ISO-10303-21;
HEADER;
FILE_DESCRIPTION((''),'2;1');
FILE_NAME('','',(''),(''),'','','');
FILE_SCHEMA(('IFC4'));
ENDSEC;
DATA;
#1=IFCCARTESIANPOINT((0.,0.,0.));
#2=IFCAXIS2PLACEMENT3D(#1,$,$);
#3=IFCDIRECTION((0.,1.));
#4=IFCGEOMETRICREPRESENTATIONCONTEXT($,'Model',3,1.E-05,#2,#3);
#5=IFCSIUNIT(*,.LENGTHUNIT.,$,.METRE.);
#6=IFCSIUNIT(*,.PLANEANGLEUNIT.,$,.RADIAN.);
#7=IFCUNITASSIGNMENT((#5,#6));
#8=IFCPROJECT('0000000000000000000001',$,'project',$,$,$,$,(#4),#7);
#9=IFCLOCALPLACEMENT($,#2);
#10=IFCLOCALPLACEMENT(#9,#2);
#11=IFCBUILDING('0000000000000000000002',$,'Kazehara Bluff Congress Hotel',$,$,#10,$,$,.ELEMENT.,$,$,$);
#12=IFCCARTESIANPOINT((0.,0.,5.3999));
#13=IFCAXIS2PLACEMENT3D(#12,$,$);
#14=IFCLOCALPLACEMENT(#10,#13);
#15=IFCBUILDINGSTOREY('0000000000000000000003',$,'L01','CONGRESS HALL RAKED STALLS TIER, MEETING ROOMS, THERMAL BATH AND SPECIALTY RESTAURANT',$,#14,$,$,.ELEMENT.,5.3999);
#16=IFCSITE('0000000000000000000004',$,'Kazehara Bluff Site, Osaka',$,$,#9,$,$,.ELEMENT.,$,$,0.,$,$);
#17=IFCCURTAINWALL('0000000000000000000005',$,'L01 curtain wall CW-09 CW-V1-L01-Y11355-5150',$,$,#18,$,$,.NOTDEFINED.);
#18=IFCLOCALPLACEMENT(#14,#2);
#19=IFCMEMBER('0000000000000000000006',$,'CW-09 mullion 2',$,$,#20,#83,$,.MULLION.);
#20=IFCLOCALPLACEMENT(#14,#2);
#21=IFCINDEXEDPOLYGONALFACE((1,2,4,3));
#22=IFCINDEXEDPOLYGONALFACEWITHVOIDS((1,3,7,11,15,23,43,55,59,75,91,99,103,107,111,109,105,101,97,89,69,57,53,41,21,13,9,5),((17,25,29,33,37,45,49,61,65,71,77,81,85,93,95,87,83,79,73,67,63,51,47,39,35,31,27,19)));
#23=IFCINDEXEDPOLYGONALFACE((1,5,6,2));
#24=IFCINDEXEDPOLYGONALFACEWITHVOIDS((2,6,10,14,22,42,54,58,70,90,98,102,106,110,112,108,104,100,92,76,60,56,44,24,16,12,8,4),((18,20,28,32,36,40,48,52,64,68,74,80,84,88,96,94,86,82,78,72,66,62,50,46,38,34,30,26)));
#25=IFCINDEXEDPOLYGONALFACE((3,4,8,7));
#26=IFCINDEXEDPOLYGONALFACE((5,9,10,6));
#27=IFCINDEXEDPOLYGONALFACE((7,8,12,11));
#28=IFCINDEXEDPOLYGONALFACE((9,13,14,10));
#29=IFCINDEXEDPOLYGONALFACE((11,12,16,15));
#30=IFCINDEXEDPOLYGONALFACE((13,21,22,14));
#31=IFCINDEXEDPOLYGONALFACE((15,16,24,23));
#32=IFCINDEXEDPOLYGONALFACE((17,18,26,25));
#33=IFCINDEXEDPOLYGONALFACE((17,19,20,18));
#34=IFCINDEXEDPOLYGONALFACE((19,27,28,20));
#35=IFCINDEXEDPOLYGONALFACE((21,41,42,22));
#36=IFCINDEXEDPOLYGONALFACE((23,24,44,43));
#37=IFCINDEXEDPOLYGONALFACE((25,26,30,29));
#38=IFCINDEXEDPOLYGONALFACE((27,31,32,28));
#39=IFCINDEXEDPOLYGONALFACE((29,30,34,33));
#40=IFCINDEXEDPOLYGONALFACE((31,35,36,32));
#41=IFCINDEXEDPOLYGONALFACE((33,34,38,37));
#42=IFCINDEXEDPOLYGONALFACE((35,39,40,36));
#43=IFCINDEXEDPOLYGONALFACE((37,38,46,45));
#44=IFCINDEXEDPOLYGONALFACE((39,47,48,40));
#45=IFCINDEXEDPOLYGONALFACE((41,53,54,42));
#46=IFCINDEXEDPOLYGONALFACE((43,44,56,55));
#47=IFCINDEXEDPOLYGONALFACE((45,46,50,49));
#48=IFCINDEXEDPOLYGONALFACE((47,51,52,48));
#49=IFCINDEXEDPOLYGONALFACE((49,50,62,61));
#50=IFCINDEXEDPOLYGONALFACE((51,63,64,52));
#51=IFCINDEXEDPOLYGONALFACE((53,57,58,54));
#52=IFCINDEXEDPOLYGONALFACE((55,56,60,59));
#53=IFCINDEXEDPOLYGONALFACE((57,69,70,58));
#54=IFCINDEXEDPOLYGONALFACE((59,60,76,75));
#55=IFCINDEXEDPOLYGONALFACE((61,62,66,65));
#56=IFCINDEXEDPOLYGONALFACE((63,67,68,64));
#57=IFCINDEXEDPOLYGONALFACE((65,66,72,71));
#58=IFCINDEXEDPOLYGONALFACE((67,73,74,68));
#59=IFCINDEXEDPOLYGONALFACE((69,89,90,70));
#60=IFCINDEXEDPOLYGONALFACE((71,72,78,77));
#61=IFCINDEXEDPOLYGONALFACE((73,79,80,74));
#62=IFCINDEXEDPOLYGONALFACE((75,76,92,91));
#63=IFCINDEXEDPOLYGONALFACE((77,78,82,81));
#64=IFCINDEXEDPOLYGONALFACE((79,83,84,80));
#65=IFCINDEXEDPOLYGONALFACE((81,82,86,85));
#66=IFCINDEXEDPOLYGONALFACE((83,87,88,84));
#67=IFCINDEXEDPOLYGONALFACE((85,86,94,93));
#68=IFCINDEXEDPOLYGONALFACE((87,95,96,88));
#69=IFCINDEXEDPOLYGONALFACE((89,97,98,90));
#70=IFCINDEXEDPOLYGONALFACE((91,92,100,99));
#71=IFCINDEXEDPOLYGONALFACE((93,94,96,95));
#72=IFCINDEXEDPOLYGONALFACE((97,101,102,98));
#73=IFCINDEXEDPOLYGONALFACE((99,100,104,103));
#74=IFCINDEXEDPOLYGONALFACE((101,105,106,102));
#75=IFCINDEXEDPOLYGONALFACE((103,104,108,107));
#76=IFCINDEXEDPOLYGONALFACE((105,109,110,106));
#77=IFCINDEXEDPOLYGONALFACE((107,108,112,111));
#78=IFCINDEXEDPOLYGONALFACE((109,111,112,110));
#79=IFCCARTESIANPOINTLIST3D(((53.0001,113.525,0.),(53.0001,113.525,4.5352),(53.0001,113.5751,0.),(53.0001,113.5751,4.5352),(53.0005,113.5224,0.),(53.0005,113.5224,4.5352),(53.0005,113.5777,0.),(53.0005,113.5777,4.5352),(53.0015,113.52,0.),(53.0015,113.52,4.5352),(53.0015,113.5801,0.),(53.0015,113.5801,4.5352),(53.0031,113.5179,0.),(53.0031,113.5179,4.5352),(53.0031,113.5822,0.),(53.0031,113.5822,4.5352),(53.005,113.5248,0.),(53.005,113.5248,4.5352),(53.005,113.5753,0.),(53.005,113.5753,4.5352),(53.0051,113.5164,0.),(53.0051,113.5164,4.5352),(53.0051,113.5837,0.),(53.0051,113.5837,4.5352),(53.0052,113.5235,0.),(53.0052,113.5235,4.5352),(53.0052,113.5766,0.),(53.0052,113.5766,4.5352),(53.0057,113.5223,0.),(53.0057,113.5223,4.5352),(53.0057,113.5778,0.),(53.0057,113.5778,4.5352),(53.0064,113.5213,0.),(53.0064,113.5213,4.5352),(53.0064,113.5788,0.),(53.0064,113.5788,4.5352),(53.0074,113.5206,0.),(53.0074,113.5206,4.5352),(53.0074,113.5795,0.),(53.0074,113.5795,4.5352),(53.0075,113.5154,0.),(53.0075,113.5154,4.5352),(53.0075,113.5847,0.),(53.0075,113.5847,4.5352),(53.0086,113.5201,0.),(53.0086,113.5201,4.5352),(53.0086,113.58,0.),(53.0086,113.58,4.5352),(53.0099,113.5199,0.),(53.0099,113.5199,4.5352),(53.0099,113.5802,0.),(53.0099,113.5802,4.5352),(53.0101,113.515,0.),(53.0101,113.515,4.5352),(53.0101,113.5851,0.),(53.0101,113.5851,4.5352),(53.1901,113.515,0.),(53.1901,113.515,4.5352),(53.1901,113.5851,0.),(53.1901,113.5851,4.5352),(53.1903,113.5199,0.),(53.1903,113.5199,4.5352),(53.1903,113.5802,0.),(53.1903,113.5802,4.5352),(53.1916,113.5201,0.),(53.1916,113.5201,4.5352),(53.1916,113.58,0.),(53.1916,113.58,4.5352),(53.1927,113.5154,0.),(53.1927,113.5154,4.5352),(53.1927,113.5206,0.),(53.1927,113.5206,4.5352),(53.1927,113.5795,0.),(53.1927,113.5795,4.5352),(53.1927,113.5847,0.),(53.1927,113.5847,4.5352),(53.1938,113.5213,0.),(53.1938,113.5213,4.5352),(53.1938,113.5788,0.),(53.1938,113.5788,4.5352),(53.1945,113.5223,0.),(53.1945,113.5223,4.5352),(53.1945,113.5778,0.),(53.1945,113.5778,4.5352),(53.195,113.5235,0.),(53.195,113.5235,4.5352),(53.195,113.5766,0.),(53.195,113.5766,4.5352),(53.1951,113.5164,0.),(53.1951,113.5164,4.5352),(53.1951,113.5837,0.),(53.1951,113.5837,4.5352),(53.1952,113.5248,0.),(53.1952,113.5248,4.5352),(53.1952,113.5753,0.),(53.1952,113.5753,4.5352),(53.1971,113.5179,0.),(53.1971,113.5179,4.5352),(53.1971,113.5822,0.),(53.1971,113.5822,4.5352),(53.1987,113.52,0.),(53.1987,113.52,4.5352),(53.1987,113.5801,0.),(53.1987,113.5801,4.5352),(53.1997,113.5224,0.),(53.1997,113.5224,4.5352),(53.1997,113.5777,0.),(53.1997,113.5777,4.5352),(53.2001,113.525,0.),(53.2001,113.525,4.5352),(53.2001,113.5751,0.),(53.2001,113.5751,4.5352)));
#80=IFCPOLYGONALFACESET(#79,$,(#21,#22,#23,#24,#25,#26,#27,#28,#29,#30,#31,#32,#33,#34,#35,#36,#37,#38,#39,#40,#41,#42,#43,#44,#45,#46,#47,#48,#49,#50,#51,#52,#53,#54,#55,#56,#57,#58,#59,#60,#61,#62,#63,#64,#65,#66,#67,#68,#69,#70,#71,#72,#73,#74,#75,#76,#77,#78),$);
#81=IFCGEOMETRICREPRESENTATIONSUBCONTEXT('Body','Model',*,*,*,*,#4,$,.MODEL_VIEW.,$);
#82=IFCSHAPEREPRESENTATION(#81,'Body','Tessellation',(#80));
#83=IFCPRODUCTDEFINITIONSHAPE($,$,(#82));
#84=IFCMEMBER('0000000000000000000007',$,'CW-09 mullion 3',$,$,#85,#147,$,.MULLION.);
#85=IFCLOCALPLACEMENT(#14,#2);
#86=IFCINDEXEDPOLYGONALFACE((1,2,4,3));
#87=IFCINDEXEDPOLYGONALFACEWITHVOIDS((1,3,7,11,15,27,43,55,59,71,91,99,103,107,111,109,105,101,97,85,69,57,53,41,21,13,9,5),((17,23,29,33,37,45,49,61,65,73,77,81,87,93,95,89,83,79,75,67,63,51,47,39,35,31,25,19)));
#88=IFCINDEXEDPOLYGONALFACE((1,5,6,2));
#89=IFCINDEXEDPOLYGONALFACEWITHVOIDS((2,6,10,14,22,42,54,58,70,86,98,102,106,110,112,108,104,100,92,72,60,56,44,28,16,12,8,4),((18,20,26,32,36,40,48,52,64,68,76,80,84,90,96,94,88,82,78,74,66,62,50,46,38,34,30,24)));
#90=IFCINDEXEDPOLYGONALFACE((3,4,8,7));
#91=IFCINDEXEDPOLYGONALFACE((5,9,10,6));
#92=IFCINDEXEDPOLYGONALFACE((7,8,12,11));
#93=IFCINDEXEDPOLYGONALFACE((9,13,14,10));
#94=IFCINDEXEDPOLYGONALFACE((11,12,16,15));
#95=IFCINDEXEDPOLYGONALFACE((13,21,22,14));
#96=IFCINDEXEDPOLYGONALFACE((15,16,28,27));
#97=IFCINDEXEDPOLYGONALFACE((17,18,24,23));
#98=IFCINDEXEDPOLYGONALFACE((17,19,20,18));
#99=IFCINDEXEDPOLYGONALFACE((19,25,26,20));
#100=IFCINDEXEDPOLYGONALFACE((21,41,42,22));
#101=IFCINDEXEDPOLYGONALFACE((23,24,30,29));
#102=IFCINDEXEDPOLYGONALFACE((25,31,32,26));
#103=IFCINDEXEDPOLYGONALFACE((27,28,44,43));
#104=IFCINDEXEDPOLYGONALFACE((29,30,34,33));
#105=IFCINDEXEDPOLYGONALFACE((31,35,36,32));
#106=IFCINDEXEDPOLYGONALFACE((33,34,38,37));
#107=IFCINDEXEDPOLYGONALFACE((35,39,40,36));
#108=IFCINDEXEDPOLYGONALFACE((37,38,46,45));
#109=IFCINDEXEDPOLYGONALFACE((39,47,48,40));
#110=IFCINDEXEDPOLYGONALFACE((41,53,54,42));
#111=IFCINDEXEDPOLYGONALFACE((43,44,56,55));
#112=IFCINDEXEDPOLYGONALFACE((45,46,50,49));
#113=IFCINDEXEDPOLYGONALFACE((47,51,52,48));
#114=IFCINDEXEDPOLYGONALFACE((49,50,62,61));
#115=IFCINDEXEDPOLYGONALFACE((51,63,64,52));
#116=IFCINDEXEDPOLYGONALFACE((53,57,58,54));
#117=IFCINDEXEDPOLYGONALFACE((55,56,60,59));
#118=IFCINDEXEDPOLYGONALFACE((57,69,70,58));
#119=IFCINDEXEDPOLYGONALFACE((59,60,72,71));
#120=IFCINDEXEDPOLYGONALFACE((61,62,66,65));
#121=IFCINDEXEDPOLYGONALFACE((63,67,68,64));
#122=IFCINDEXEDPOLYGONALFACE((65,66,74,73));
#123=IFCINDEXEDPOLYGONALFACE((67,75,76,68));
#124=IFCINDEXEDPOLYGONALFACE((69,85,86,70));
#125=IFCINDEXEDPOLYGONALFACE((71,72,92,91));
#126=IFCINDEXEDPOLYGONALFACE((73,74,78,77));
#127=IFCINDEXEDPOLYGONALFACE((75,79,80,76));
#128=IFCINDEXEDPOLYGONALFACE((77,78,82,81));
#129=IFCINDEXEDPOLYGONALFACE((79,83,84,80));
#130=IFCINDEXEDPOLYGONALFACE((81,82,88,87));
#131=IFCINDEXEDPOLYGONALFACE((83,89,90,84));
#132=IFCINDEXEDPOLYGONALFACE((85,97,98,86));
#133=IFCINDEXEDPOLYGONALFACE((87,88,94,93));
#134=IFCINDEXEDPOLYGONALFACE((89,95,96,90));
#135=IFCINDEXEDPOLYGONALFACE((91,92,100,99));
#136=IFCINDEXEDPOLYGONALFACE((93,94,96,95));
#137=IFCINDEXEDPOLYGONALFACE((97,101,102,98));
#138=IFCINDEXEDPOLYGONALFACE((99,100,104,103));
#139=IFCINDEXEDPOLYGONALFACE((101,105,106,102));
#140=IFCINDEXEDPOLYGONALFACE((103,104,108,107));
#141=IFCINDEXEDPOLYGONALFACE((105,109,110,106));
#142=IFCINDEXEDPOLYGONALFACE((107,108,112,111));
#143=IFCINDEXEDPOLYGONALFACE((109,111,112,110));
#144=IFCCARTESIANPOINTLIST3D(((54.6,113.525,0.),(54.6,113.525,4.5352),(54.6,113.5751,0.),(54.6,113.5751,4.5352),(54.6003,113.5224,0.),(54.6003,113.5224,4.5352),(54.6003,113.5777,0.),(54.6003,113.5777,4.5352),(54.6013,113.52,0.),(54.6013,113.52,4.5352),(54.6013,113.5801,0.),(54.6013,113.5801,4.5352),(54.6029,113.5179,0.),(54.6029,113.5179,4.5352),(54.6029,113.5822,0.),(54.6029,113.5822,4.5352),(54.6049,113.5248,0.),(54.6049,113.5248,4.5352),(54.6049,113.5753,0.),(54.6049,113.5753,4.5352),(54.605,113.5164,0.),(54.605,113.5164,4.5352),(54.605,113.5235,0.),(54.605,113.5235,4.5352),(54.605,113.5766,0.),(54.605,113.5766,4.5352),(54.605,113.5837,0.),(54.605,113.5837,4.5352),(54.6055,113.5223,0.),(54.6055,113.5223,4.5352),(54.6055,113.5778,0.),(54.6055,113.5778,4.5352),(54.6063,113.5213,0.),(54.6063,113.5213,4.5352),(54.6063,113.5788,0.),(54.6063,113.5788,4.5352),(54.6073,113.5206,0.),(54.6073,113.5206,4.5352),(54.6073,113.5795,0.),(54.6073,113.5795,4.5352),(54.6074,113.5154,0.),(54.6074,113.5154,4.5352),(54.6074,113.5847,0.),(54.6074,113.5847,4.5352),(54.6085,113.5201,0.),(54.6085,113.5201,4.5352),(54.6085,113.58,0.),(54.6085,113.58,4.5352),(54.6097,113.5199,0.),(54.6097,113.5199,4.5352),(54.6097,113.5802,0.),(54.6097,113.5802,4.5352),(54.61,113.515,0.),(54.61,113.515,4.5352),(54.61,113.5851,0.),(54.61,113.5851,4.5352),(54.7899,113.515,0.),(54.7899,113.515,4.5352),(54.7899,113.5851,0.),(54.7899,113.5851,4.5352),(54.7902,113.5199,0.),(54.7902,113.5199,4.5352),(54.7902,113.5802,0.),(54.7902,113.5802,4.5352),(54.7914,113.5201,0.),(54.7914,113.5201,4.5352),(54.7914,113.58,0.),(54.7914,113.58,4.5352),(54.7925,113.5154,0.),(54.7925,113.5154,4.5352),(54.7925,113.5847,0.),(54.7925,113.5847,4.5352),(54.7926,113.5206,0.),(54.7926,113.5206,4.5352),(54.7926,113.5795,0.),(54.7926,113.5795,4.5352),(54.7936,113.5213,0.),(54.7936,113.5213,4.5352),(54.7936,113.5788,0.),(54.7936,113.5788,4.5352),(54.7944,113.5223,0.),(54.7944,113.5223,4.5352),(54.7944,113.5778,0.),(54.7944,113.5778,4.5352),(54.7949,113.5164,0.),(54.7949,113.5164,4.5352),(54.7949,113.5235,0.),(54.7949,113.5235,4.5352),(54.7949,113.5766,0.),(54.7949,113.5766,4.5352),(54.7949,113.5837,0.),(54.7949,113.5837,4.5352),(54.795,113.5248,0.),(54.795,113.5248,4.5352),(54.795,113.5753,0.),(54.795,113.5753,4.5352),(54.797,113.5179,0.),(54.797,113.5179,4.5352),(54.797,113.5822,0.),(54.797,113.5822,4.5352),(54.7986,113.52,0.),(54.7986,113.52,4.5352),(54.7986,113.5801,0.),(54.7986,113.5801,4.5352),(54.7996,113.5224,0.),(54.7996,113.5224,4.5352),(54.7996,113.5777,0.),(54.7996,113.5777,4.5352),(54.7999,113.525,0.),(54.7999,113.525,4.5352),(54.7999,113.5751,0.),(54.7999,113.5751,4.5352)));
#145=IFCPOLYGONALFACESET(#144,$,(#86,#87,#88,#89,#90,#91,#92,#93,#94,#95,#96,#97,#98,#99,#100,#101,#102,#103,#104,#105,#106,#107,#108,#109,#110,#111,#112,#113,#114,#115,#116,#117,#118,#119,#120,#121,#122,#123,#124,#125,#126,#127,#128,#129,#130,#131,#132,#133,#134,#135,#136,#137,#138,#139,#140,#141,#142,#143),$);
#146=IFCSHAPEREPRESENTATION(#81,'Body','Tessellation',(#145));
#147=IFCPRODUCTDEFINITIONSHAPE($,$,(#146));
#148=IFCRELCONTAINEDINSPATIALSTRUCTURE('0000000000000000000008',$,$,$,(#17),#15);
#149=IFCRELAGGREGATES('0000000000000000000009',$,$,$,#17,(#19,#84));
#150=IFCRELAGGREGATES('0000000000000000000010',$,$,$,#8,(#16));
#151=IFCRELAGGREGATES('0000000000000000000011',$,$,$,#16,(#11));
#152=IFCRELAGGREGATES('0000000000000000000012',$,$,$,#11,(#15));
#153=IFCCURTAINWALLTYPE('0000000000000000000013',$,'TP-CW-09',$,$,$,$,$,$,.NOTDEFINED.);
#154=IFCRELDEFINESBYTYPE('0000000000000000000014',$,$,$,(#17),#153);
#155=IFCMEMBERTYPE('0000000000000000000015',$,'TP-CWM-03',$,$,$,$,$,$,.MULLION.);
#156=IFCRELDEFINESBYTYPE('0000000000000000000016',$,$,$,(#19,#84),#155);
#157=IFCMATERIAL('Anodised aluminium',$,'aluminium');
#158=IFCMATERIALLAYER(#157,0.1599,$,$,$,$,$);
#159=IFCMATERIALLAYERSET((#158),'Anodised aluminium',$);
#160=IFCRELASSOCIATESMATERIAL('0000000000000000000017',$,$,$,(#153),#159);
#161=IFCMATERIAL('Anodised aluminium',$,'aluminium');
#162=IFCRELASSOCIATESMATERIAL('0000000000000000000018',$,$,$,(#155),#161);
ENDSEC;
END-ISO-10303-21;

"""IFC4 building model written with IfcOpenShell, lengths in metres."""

from ifc_helpers import new_model, si_unit, direction, frame, origin, origin_2d, place, context, subcontext, project, spatial, hollow_rectangle, extrude, material, layer, layer_set, material_profile, profile_set, type_object, element, aggregate, save


model = new_model("IFC4")

# Units and contexts
model_context = context("Model", 3, precision=1e-05, world=origin(), true_north=direction((0.0, 1.0)))
body_context = subcontext(model_context, "Body", "Model", "MODEL_VIEW")
ifc_project = project(units=[si_unit("LENGTHUNIT", "METRE"), si_unit("PLANEANGLEUNIT", "RADIAN")], contexts=[model_context])

# Site, building, storey
site_placement = place(None, origin())
site = spatial("IfcSite", under=ifc_project, at=site_placement, Name="Kazehara Bluff Site, Osaka", CompositionType="ELEMENT", RefElevation=0.0)
building_placement = place(site_placement, origin())
building = spatial("IfcBuilding", under=site, at=building_placement, Name="Kazehara Bluff Congress Hotel", CompositionType="ELEMENT")
storey_placement = place(building_placement, frame((0.0, 0.0, 5.3999)))
storey = spatial("IfcBuildingStorey", under=building, at=storey_placement, Name="L01", Description="CONGRESS HALL RAKED STALLS TIER, MEETING ROOMS, THERMAL BATH AND SPECIALTY RESTAURANT", CompositionType="ELEMENT", Elevation=5.3999)

# Curtain wall, members
ifc_material_1 = material(Name="Anodised aluminium", Category="aluminium")
ifc_layer_1 = layer(ifc_material_1, 0.1599)
ifc_layer_set_1 = layer_set([ifc_layer_1], Name="Anodised aluminium")
curtain_wall_type = type_object("IfcCurtainWallType", Name="TP-CW-09", PredefinedType="NOTDEFINED", material=ifc_layer_set_1)
curtain_wall_placement = place(storey_placement, origin())
curtain_wall = element("IfcCurtainWall", 1, at=curtain_wall_placement, inside=storey, type_object=curtain_wall_type, Name="L01 curtain wall CW-09 CW-V1-L01-Y11355-5150", PredefinedType="NOTDEFINED")
ifc_material_2 = material(Name="Anodised aluminium", Category="aluminium")
ifc_material_profile_1 = material_profile(ifc_material_2, hollow_rectangle(XDim=0.0701, YDim=0.2, WallThickness=0.0049, InnerFilletRadius=0.0049, OuterFilletRadius=0.01, at=origin_2d()))
ifc_profile_set_1 = profile_set([ifc_material_profile_1], Name="Anodised aluminium")
member_type_1 = type_object("IfcMemberType", Name="TP-CWM-03", PredefinedType="MULLION", material=ifc_profile_set_1)
member_1_placement = place(storey_placement, frame((53.1001, 113.55, 0.0), z_axis=(0.0, 0.0, 1.0), x_axis=(0.0, 1.0, 0.0)))
member_1 = element("IfcMember", 2, at=member_1_placement, type_object=member_type_1, Name="CW-09 mullion 2", PredefinedType="MULLION", context=body_context, shape_type="SweptSolid", body=[
    extrude(hollow_rectangle(XDim=0.0701, YDim=0.2, WallThickness=0.0049, InnerFilletRadius=0.0049, OuterFilletRadius=0.01, at=origin_2d()), origin(), (0.0, 0.0, 1.0), 4.5352),
])
member_2_placement = place(storey_placement, frame((54.7, 113.55, 0.0), z_axis=(0.0, 0.0, 1.0), x_axis=(0.0, 1.0, 0.0)))
member_2 = element("IfcMember", 3, at=member_2_placement, type_object=member_type_1, Name="CW-09 mullion 3", PredefinedType="MULLION", context=body_context, shape_type="SweptSolid", body=[
    extrude(hollow_rectangle(XDim=0.0701, YDim=0.2, WallThickness=0.0049, InnerFilletRadius=0.0049, OuterFilletRadius=0.01, at=origin_2d()), origin(), (0.0, 0.0, 1.0), 4.5352),
])
aggregate(curtain_wall, [member_1, member_2])

save(model, "model.ifc")
